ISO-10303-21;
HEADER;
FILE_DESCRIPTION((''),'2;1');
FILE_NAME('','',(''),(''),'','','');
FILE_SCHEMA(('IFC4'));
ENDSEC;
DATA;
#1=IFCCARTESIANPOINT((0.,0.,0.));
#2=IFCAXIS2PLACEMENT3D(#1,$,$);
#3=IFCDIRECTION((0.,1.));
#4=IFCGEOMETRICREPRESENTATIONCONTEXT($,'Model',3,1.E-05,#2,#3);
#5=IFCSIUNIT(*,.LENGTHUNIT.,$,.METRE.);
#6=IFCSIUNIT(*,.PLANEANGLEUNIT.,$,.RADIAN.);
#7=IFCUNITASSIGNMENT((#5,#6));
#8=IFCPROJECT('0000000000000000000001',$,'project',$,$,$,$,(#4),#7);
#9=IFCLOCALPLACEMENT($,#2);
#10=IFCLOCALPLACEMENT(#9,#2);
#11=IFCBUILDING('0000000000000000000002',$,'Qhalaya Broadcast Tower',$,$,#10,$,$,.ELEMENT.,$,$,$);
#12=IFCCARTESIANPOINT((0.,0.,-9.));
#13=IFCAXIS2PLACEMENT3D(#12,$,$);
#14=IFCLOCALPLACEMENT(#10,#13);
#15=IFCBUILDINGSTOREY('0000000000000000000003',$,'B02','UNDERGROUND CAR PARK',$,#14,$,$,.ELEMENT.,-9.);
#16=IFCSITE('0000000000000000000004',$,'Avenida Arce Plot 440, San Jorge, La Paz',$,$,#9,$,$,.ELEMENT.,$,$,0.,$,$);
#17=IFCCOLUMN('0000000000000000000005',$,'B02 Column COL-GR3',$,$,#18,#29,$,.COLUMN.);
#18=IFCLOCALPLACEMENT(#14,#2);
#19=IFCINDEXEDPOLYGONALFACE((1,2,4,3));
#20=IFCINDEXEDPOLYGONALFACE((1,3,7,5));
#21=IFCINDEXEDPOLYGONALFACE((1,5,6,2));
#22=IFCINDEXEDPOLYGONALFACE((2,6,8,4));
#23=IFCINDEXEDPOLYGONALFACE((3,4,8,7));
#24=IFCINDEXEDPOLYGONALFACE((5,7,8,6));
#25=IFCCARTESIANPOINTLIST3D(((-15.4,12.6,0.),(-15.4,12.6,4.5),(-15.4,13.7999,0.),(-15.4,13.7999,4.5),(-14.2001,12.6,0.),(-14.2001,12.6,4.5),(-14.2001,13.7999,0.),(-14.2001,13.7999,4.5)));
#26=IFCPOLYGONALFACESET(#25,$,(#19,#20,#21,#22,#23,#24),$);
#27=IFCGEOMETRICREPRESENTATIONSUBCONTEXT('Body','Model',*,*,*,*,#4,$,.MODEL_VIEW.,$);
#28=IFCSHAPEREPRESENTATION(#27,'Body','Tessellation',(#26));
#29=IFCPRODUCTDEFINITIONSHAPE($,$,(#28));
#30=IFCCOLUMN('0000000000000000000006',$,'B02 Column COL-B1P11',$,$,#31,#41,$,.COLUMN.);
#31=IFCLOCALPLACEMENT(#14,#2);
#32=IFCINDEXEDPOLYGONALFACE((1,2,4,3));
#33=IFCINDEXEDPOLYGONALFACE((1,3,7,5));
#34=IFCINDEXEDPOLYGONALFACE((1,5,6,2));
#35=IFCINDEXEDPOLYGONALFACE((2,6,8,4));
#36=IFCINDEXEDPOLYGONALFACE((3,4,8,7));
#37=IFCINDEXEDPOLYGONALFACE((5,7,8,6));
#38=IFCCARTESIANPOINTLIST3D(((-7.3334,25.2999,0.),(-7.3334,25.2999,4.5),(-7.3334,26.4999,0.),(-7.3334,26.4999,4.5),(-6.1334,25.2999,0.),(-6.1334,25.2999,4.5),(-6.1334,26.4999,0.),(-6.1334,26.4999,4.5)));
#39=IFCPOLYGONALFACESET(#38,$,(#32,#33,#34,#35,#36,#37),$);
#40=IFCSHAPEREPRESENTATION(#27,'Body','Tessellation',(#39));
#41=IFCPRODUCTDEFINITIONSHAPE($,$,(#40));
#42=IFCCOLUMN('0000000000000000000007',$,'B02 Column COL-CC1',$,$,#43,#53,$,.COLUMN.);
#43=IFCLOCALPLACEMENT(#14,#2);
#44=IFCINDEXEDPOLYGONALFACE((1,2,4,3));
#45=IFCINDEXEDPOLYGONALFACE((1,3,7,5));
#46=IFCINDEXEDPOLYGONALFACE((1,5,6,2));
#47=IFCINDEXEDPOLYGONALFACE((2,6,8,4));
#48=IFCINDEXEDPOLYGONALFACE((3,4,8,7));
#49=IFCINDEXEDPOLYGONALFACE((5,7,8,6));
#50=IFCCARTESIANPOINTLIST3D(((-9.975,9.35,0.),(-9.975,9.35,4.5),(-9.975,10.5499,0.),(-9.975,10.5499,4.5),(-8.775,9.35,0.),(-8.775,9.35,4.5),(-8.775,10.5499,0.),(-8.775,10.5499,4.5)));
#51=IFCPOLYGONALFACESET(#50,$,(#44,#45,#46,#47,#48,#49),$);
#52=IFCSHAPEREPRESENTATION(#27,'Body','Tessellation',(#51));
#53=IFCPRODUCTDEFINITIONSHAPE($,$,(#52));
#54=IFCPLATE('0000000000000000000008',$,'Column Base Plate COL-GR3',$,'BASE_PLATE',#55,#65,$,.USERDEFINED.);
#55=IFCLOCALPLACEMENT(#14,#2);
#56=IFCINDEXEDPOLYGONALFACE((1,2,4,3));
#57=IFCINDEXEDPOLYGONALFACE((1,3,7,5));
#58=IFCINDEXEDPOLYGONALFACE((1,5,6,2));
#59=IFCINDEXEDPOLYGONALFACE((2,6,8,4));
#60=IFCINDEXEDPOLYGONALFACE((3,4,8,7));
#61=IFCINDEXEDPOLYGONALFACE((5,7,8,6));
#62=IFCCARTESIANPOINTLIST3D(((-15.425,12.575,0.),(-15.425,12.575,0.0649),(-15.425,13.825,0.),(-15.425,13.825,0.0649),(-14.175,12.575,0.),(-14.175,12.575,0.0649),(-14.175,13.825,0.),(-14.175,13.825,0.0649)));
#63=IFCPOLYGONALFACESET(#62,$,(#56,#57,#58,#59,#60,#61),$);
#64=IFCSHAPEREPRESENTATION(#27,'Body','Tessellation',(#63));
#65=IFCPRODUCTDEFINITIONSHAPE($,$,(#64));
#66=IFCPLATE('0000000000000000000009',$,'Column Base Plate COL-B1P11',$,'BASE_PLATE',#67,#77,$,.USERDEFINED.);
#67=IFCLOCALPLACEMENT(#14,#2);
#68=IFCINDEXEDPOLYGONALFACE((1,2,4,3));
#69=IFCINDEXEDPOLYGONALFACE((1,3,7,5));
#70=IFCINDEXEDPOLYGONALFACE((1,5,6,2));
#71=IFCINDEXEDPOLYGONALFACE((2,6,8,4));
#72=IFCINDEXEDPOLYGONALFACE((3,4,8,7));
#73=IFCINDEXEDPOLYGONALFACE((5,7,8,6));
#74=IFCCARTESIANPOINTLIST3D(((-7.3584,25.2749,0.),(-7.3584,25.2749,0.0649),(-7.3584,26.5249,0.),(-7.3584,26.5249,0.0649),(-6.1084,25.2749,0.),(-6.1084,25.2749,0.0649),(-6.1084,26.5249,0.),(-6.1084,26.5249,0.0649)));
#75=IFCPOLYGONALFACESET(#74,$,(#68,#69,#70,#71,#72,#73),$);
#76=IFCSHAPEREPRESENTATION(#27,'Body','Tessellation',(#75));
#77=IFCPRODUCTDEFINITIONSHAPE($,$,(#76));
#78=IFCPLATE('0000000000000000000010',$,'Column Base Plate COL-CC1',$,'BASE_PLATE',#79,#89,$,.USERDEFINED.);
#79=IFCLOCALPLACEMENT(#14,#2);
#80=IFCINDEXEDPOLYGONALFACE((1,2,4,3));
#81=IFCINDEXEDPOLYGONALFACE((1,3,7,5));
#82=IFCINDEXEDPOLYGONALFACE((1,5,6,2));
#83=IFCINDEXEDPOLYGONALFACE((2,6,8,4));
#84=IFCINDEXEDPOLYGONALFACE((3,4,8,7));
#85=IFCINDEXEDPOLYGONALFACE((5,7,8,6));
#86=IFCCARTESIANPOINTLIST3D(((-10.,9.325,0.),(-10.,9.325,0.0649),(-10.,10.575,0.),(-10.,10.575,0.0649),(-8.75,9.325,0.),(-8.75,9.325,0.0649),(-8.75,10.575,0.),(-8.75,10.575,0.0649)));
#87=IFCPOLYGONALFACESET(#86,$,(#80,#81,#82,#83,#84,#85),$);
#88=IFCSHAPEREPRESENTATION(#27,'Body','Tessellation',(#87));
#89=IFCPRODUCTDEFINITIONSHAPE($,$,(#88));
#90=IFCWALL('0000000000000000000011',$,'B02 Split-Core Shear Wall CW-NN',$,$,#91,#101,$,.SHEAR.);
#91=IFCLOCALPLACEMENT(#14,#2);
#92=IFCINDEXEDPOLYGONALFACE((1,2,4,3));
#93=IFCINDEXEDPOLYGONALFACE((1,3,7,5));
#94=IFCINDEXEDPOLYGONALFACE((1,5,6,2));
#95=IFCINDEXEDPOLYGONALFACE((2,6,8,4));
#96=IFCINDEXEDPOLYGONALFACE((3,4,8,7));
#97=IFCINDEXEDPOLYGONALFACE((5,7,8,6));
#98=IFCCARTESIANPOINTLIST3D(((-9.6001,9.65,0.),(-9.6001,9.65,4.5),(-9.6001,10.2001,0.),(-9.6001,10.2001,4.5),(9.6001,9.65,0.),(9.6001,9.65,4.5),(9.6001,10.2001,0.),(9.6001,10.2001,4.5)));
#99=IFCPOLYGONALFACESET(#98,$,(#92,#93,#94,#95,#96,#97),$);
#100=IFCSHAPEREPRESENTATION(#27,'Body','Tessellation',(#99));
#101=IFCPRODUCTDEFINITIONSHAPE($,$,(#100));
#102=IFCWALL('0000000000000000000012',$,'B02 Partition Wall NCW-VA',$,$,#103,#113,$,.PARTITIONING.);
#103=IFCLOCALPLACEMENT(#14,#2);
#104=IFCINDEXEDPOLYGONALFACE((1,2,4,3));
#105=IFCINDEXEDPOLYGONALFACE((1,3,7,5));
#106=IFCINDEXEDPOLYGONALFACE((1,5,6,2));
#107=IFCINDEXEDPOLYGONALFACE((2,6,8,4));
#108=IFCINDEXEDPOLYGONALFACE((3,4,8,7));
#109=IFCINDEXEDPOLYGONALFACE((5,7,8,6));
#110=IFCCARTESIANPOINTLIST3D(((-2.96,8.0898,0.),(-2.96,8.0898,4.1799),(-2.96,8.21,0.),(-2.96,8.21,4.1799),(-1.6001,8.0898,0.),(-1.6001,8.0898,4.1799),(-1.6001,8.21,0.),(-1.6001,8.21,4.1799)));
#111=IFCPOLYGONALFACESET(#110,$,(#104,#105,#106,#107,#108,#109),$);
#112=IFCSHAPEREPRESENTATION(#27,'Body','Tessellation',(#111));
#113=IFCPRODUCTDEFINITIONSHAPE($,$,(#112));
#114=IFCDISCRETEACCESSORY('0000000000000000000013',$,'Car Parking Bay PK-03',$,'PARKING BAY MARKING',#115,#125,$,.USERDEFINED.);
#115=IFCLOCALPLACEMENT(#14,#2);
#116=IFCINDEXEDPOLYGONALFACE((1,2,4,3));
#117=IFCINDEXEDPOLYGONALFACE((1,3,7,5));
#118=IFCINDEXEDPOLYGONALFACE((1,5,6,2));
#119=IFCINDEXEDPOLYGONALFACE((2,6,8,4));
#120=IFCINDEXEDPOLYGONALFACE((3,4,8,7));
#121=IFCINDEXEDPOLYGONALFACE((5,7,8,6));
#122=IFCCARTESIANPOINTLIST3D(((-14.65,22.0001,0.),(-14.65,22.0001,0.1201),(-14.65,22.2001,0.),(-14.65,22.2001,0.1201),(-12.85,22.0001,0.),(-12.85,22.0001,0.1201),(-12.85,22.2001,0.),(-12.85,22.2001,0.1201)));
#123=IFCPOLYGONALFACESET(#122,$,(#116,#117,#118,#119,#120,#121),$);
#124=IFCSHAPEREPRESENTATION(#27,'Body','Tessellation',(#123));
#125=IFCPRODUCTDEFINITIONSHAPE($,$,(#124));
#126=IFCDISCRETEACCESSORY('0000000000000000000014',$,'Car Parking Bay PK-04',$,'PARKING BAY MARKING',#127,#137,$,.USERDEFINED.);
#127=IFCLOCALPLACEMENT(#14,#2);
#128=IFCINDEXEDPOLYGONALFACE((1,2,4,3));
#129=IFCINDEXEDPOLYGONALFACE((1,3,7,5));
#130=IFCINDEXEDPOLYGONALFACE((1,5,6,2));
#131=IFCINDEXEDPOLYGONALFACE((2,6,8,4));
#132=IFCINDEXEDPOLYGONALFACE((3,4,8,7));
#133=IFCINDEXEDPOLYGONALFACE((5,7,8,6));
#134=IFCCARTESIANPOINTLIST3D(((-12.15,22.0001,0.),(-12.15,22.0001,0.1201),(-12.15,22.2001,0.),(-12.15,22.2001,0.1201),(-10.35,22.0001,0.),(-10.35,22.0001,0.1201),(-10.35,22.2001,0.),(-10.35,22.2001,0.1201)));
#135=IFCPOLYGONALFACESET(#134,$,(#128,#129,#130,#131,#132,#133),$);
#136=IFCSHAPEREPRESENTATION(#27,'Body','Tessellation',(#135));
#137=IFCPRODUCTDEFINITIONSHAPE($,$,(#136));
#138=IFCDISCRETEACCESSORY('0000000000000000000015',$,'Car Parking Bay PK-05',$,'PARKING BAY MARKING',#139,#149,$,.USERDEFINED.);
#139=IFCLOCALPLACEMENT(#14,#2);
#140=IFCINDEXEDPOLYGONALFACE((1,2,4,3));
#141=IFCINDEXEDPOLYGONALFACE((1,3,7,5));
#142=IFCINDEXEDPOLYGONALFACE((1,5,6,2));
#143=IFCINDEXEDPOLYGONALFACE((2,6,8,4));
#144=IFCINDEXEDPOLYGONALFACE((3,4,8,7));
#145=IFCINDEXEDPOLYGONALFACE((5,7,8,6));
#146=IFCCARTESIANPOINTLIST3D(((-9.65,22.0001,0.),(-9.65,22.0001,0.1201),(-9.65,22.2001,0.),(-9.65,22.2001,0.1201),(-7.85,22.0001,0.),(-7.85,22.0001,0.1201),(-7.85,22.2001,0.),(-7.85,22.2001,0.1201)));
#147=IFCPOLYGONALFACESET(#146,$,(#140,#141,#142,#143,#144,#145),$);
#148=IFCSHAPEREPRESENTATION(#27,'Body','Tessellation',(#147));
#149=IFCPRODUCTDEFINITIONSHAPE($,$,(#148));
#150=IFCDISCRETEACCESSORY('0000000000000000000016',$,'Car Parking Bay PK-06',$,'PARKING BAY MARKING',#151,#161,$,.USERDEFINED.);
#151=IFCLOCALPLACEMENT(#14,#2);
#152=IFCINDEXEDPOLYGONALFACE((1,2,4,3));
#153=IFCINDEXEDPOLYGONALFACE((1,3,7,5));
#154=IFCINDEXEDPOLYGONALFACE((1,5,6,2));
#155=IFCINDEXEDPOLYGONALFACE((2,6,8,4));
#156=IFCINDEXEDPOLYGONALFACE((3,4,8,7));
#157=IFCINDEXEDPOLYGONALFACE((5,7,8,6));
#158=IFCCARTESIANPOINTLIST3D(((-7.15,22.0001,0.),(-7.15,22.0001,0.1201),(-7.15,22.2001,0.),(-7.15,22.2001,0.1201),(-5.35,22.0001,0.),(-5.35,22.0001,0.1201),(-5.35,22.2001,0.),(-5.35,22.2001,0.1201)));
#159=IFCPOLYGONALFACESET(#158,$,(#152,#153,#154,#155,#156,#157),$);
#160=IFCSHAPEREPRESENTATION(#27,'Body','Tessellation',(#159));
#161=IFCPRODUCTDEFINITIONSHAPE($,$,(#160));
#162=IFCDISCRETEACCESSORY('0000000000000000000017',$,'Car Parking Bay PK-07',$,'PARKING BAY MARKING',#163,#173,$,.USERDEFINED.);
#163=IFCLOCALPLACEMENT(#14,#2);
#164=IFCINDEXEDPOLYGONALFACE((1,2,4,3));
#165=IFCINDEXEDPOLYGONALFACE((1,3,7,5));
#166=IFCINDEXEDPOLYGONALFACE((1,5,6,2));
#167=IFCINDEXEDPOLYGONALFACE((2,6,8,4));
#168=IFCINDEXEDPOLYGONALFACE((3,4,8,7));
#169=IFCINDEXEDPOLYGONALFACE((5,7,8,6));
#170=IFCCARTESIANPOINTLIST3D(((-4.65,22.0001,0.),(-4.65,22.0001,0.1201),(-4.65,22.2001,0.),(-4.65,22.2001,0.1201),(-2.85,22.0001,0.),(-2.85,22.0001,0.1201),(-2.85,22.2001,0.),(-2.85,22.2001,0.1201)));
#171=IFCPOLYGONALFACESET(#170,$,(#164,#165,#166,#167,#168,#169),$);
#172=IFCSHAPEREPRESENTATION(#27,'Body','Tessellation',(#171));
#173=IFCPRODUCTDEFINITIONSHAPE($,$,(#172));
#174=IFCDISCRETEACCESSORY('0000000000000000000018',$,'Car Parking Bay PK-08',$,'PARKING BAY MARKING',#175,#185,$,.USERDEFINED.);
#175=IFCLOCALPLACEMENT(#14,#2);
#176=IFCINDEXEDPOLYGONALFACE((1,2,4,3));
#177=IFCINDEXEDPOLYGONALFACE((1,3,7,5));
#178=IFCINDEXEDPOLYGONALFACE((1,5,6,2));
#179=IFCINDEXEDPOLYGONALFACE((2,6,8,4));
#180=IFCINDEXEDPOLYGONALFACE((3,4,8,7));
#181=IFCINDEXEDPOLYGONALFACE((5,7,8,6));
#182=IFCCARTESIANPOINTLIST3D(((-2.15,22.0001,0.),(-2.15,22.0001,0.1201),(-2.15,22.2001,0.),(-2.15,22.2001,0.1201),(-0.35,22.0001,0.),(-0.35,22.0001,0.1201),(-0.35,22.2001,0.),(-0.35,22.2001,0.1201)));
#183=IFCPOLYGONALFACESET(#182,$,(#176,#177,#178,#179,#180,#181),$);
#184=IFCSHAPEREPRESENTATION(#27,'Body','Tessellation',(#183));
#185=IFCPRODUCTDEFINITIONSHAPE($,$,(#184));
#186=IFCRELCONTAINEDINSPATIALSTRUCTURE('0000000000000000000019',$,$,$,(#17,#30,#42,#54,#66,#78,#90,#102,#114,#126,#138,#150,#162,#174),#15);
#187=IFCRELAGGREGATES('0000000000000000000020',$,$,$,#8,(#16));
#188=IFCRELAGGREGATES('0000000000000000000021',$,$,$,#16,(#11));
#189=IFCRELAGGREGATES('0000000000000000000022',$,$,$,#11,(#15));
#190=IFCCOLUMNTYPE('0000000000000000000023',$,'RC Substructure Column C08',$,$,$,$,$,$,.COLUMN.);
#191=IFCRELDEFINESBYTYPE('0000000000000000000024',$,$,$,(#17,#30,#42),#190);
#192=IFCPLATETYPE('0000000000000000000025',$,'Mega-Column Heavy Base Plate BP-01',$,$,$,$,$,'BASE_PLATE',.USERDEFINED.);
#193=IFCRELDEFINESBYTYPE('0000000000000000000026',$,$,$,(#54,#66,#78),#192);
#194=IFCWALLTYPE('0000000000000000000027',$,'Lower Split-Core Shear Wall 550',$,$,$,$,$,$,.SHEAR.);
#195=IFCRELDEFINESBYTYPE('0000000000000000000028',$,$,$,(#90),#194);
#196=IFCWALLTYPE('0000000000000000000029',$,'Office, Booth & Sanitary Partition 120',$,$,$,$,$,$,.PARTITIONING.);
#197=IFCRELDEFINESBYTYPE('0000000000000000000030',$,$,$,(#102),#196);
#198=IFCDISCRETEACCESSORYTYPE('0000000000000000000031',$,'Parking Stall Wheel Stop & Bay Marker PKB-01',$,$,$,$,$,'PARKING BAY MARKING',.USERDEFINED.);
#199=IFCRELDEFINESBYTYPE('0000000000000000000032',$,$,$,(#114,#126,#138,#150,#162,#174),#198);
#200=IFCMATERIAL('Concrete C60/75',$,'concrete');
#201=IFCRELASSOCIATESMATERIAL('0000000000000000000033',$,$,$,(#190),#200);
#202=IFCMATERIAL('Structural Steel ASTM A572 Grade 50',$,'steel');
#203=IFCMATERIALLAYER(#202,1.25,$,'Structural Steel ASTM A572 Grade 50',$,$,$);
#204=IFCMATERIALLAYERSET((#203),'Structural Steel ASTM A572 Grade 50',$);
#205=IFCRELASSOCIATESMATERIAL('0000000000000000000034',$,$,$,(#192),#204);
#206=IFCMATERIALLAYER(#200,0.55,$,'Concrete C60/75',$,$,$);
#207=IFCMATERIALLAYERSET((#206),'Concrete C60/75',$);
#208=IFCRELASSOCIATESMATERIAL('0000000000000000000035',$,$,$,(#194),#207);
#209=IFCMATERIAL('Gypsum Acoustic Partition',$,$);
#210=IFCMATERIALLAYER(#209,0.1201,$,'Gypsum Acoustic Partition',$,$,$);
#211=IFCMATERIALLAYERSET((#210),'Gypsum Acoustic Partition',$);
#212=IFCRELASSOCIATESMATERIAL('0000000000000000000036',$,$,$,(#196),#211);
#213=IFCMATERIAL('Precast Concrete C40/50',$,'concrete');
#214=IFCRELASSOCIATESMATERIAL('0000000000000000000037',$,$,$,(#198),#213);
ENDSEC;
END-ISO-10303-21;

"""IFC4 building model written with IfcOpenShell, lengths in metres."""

from ifc_helpers import new_model, si_unit, direction, frame, frame_2d, origin, origin_2d, place, context, subcontext, project, spatial, rectangle, extrude, material, layer, layer_set, material_profile, profile_set, type_object, element, save


model = new_model("IFC4")

# Units and contexts
model_context = context("Model", 3, precision=1e-05, world=origin(), true_north=direction((0.0, 1.0)))
body_context = subcontext(model_context, "Body", "Model", "MODEL_VIEW")
ifc_project = project(units=[si_unit("LENGTHUNIT", "METRE"), si_unit("PLANEANGLEUNIT", "RADIAN")], contexts=[model_context])

# Site, building, storey
site_placement = place(None, origin())
site = spatial("IfcSite", under=ifc_project, at=site_placement, Name="Avenida Arce Plot 440, San Jorge, La Paz", CompositionType="ELEMENT", RefElevation=0.0)
building_placement = place(site_placement, origin())
building = spatial("IfcBuilding", under=site, at=building_placement, Name="Qhalaya Broadcast Tower", CompositionType="ELEMENT")
storey_placement = place(building_placement, frame((0.0, 0.0, -9.0)))
storey = spatial("IfcBuildingStorey", under=building, at=storey_placement, Name="B02", Description="UNDERGROUND CAR PARK", CompositionType="ELEMENT", Elevation=-9.0)

# Columns
ifc_material_1 = material(Name="Concrete C60/75", Category="concrete")
ifc_material_profile_1 = material_profile(ifc_material_1, rectangle(XDim=1.2, YDim=1.2, at=origin_2d()), Name="RC-COL 1200x1200")
ifc_profile_set_1 = profile_set([ifc_material_profile_1], Name="Concrete C60/75")
column_type = type_object("IfcColumnType", Name="RC Substructure Column C08", PredefinedType="COLUMN", material=ifc_profile_set_1)
for number, where, z_axis, x_axis, name in (
    (1, (-14.8, 13.2, 0.0), (0.0, 0.0, 1.0), (1.0, 0.0, 0.0), "B02 Column COL-GR3"),
    (2, (-6.7334, 25.8999, 0.0), (0.0, 0.0, 1.0), (1.0, 0.0, 0.0), "B02 Column COL-B1P11"),
    (3, (-9.375, 9.95, 0.0), (0.0, 0.0, 1.0), (1.0, 0.0, 0.0), "B02 Column COL-CC1"),
):
    element("IfcColumn", number, at=place(storey_placement, frame(where, z_axis=z_axis, x_axis=x_axis)), inside=storey, type_object=column_type, Name=name, PredefinedType="COLUMN", context=body_context, shape_type="SweptSolid", body=[
        extrude(rectangle(XDim=1.2, YDim=1.2, at=origin_2d()), origin(), (0.0, 0.0, 1.0), 4.5),
    ])

# Plates
ifc_material_2 = material(Name="Structural Steel ASTM A572 Grade 50", Category="steel")
ifc_layer_1 = layer(ifc_material_2, 1.25, Name="Structural Steel ASTM A572 Grade 50")
ifc_layer_set_1 = layer_set([ifc_layer_1], Name="Structural Steel ASTM A572 Grade 50")
plate_type = type_object("IfcPlateType", Name="Mega-Column Heavy Base Plate BP-01", ElementType="BASE_PLATE", PredefinedType="USERDEFINED", material=ifc_layer_set_1)
for number, where, z_axis, x_axis, name in (
    (4, (-14.8, 13.2, 0.0), (0.0, 0.0, 1.0), (1.0, 0.0, 0.0), "Column Base Plate COL-GR3"),
    (5, (-6.7334, 25.8999, 0.0), (0.0, 0.0, 1.0), (1.0, 0.0, 0.0), "Column Base Plate COL-B1P11"),
    (6, (-9.375, 9.95, 0.0), (0.0, 0.0, 1.0), (1.0, 0.0, 0.0), "Column Base Plate COL-CC1"),
):
    element("IfcPlate", number, at=place(storey_placement, frame(where, z_axis=z_axis, x_axis=x_axis)), inside=storey, type_object=plate_type, Name=name, ObjectType="BASE_PLATE", PredefinedType="USERDEFINED", context=body_context, shape_type="SweptSolid", body=[
        extrude(rectangle(XDim=1.25, YDim=1.25, at=origin_2d()), origin(), (0.0, 0.0, 1.0), 0.0649),
    ])

# Walls
ifc_layer_2 = layer(ifc_material_1, 0.55, Name="Concrete C60/75")
ifc_layer_set_2 = layer_set([ifc_layer_2], Name="Concrete C60/75")
wall_type_1 = type_object("IfcWallType", Name="Lower Split-Core Shear Wall 550", PredefinedType="SHEAR", material=ifc_layer_set_2)
wall_1_placement = place(storey_placement, frame((-9.6001, 9.925, 0.0), z_axis=(0.0, 0.0, 1.0), x_axis=(1.0, 0.0, 0.0)))
element("IfcWall", 7, at=wall_1_placement, inside=storey, type_object=wall_type_1, Name="B02 Split-Core Shear Wall CW-NN", PredefinedType="SHEAR", context=body_context, shape_type="SweptSolid", body=[
    extrude(rectangle(XDim=19.2002, YDim=0.55, at=frame_2d((9.6001, 0.0))), origin(), (0.0, 0.0, 1.0), 4.5),
])
ifc_material_3 = material(Name="Gypsum Acoustic Partition")
ifc_layer_3 = layer(ifc_material_3, 0.1201, Name="Gypsum Acoustic Partition")
ifc_layer_set_3 = layer_set([ifc_layer_3], Name="Gypsum Acoustic Partition")
wall_type_2 = type_object("IfcWallType", Name="Office, Booth & Sanitary Partition 120", PredefinedType="PARTITIONING", material=ifc_layer_set_3)
wall_2_placement = place(storey_placement, frame((-2.96, 8.1499, 0.0), z_axis=(0.0, 0.0, 1.0), x_axis=(1.0, 0.0, 0.0)))
element("IfcWall", 8, at=wall_2_placement, inside=storey, type_object=wall_type_2, Name="B02 Partition Wall NCW-VA", PredefinedType="PARTITIONING", context=body_context, shape_type="SweptSolid", body=[
    extrude(rectangle(XDim=1.3599, YDim=0.1201, at=frame_2d((0.6799, 0.0))), origin(), (0.0, 0.0, 1.0), 4.1799),
])

# Discrete accessories
ifc_material_4 = material(Name="Precast Concrete C40/50", Category="concrete")
discrete_accessory_type = type_object("IfcDiscreteAccessoryType", Name="Parking Stall Wheel Stop & Bay Marker PKB-01", ElementType="PARKING BAY MARKING", PredefinedType="USERDEFINED", material=ifc_material_4)
for number, where, z_axis, x_axis, name in (
    (9, (-13.75, 22.1001, 0.0), (0.0, 0.0, 1.0), (1.0, 0.0, 0.0), "Car Parking Bay PK-03"),
    (10, (-11.25, 22.1001, 0.0), (0.0, 0.0, 1.0), (1.0, 0.0, 0.0), "Car Parking Bay PK-04"),
    (11, (-8.75, 22.1001, 0.0), (0.0, 0.0, 1.0), (1.0, 0.0, 0.0), "Car Parking Bay PK-05"),
    (12, (-6.25, 22.1001, 0.0), (0.0, 0.0, 1.0), (1.0, 0.0, 0.0), "Car Parking Bay PK-06"),
    (13, (-3.75, 22.1001, 0.0), (0.0, 0.0, 1.0), (1.0, 0.0, 0.0), "Car Parking Bay PK-07"),
    (14, (-1.25, 22.1001, 0.0), (0.0, 0.0, 1.0), (1.0, 0.0, 0.0), "Car Parking Bay PK-08"),
):
    element("IfcDiscreteAccessory", number, at=place(storey_placement, frame(where, z_axis=z_axis, x_axis=x_axis)), inside=storey, type_object=discrete_accessory_type, Name=name, ObjectType="PARKING BAY MARKING", PredefinedType="USERDEFINED", context=body_context, shape_type="SweptSolid", body=[
        extrude(rectangle(XDim=1.8, YDim=0.2, at=origin_2d()), origin(), (0.0, 0.0, 1.0), 0.1201),
    ])

save(model, "model.ifc")
